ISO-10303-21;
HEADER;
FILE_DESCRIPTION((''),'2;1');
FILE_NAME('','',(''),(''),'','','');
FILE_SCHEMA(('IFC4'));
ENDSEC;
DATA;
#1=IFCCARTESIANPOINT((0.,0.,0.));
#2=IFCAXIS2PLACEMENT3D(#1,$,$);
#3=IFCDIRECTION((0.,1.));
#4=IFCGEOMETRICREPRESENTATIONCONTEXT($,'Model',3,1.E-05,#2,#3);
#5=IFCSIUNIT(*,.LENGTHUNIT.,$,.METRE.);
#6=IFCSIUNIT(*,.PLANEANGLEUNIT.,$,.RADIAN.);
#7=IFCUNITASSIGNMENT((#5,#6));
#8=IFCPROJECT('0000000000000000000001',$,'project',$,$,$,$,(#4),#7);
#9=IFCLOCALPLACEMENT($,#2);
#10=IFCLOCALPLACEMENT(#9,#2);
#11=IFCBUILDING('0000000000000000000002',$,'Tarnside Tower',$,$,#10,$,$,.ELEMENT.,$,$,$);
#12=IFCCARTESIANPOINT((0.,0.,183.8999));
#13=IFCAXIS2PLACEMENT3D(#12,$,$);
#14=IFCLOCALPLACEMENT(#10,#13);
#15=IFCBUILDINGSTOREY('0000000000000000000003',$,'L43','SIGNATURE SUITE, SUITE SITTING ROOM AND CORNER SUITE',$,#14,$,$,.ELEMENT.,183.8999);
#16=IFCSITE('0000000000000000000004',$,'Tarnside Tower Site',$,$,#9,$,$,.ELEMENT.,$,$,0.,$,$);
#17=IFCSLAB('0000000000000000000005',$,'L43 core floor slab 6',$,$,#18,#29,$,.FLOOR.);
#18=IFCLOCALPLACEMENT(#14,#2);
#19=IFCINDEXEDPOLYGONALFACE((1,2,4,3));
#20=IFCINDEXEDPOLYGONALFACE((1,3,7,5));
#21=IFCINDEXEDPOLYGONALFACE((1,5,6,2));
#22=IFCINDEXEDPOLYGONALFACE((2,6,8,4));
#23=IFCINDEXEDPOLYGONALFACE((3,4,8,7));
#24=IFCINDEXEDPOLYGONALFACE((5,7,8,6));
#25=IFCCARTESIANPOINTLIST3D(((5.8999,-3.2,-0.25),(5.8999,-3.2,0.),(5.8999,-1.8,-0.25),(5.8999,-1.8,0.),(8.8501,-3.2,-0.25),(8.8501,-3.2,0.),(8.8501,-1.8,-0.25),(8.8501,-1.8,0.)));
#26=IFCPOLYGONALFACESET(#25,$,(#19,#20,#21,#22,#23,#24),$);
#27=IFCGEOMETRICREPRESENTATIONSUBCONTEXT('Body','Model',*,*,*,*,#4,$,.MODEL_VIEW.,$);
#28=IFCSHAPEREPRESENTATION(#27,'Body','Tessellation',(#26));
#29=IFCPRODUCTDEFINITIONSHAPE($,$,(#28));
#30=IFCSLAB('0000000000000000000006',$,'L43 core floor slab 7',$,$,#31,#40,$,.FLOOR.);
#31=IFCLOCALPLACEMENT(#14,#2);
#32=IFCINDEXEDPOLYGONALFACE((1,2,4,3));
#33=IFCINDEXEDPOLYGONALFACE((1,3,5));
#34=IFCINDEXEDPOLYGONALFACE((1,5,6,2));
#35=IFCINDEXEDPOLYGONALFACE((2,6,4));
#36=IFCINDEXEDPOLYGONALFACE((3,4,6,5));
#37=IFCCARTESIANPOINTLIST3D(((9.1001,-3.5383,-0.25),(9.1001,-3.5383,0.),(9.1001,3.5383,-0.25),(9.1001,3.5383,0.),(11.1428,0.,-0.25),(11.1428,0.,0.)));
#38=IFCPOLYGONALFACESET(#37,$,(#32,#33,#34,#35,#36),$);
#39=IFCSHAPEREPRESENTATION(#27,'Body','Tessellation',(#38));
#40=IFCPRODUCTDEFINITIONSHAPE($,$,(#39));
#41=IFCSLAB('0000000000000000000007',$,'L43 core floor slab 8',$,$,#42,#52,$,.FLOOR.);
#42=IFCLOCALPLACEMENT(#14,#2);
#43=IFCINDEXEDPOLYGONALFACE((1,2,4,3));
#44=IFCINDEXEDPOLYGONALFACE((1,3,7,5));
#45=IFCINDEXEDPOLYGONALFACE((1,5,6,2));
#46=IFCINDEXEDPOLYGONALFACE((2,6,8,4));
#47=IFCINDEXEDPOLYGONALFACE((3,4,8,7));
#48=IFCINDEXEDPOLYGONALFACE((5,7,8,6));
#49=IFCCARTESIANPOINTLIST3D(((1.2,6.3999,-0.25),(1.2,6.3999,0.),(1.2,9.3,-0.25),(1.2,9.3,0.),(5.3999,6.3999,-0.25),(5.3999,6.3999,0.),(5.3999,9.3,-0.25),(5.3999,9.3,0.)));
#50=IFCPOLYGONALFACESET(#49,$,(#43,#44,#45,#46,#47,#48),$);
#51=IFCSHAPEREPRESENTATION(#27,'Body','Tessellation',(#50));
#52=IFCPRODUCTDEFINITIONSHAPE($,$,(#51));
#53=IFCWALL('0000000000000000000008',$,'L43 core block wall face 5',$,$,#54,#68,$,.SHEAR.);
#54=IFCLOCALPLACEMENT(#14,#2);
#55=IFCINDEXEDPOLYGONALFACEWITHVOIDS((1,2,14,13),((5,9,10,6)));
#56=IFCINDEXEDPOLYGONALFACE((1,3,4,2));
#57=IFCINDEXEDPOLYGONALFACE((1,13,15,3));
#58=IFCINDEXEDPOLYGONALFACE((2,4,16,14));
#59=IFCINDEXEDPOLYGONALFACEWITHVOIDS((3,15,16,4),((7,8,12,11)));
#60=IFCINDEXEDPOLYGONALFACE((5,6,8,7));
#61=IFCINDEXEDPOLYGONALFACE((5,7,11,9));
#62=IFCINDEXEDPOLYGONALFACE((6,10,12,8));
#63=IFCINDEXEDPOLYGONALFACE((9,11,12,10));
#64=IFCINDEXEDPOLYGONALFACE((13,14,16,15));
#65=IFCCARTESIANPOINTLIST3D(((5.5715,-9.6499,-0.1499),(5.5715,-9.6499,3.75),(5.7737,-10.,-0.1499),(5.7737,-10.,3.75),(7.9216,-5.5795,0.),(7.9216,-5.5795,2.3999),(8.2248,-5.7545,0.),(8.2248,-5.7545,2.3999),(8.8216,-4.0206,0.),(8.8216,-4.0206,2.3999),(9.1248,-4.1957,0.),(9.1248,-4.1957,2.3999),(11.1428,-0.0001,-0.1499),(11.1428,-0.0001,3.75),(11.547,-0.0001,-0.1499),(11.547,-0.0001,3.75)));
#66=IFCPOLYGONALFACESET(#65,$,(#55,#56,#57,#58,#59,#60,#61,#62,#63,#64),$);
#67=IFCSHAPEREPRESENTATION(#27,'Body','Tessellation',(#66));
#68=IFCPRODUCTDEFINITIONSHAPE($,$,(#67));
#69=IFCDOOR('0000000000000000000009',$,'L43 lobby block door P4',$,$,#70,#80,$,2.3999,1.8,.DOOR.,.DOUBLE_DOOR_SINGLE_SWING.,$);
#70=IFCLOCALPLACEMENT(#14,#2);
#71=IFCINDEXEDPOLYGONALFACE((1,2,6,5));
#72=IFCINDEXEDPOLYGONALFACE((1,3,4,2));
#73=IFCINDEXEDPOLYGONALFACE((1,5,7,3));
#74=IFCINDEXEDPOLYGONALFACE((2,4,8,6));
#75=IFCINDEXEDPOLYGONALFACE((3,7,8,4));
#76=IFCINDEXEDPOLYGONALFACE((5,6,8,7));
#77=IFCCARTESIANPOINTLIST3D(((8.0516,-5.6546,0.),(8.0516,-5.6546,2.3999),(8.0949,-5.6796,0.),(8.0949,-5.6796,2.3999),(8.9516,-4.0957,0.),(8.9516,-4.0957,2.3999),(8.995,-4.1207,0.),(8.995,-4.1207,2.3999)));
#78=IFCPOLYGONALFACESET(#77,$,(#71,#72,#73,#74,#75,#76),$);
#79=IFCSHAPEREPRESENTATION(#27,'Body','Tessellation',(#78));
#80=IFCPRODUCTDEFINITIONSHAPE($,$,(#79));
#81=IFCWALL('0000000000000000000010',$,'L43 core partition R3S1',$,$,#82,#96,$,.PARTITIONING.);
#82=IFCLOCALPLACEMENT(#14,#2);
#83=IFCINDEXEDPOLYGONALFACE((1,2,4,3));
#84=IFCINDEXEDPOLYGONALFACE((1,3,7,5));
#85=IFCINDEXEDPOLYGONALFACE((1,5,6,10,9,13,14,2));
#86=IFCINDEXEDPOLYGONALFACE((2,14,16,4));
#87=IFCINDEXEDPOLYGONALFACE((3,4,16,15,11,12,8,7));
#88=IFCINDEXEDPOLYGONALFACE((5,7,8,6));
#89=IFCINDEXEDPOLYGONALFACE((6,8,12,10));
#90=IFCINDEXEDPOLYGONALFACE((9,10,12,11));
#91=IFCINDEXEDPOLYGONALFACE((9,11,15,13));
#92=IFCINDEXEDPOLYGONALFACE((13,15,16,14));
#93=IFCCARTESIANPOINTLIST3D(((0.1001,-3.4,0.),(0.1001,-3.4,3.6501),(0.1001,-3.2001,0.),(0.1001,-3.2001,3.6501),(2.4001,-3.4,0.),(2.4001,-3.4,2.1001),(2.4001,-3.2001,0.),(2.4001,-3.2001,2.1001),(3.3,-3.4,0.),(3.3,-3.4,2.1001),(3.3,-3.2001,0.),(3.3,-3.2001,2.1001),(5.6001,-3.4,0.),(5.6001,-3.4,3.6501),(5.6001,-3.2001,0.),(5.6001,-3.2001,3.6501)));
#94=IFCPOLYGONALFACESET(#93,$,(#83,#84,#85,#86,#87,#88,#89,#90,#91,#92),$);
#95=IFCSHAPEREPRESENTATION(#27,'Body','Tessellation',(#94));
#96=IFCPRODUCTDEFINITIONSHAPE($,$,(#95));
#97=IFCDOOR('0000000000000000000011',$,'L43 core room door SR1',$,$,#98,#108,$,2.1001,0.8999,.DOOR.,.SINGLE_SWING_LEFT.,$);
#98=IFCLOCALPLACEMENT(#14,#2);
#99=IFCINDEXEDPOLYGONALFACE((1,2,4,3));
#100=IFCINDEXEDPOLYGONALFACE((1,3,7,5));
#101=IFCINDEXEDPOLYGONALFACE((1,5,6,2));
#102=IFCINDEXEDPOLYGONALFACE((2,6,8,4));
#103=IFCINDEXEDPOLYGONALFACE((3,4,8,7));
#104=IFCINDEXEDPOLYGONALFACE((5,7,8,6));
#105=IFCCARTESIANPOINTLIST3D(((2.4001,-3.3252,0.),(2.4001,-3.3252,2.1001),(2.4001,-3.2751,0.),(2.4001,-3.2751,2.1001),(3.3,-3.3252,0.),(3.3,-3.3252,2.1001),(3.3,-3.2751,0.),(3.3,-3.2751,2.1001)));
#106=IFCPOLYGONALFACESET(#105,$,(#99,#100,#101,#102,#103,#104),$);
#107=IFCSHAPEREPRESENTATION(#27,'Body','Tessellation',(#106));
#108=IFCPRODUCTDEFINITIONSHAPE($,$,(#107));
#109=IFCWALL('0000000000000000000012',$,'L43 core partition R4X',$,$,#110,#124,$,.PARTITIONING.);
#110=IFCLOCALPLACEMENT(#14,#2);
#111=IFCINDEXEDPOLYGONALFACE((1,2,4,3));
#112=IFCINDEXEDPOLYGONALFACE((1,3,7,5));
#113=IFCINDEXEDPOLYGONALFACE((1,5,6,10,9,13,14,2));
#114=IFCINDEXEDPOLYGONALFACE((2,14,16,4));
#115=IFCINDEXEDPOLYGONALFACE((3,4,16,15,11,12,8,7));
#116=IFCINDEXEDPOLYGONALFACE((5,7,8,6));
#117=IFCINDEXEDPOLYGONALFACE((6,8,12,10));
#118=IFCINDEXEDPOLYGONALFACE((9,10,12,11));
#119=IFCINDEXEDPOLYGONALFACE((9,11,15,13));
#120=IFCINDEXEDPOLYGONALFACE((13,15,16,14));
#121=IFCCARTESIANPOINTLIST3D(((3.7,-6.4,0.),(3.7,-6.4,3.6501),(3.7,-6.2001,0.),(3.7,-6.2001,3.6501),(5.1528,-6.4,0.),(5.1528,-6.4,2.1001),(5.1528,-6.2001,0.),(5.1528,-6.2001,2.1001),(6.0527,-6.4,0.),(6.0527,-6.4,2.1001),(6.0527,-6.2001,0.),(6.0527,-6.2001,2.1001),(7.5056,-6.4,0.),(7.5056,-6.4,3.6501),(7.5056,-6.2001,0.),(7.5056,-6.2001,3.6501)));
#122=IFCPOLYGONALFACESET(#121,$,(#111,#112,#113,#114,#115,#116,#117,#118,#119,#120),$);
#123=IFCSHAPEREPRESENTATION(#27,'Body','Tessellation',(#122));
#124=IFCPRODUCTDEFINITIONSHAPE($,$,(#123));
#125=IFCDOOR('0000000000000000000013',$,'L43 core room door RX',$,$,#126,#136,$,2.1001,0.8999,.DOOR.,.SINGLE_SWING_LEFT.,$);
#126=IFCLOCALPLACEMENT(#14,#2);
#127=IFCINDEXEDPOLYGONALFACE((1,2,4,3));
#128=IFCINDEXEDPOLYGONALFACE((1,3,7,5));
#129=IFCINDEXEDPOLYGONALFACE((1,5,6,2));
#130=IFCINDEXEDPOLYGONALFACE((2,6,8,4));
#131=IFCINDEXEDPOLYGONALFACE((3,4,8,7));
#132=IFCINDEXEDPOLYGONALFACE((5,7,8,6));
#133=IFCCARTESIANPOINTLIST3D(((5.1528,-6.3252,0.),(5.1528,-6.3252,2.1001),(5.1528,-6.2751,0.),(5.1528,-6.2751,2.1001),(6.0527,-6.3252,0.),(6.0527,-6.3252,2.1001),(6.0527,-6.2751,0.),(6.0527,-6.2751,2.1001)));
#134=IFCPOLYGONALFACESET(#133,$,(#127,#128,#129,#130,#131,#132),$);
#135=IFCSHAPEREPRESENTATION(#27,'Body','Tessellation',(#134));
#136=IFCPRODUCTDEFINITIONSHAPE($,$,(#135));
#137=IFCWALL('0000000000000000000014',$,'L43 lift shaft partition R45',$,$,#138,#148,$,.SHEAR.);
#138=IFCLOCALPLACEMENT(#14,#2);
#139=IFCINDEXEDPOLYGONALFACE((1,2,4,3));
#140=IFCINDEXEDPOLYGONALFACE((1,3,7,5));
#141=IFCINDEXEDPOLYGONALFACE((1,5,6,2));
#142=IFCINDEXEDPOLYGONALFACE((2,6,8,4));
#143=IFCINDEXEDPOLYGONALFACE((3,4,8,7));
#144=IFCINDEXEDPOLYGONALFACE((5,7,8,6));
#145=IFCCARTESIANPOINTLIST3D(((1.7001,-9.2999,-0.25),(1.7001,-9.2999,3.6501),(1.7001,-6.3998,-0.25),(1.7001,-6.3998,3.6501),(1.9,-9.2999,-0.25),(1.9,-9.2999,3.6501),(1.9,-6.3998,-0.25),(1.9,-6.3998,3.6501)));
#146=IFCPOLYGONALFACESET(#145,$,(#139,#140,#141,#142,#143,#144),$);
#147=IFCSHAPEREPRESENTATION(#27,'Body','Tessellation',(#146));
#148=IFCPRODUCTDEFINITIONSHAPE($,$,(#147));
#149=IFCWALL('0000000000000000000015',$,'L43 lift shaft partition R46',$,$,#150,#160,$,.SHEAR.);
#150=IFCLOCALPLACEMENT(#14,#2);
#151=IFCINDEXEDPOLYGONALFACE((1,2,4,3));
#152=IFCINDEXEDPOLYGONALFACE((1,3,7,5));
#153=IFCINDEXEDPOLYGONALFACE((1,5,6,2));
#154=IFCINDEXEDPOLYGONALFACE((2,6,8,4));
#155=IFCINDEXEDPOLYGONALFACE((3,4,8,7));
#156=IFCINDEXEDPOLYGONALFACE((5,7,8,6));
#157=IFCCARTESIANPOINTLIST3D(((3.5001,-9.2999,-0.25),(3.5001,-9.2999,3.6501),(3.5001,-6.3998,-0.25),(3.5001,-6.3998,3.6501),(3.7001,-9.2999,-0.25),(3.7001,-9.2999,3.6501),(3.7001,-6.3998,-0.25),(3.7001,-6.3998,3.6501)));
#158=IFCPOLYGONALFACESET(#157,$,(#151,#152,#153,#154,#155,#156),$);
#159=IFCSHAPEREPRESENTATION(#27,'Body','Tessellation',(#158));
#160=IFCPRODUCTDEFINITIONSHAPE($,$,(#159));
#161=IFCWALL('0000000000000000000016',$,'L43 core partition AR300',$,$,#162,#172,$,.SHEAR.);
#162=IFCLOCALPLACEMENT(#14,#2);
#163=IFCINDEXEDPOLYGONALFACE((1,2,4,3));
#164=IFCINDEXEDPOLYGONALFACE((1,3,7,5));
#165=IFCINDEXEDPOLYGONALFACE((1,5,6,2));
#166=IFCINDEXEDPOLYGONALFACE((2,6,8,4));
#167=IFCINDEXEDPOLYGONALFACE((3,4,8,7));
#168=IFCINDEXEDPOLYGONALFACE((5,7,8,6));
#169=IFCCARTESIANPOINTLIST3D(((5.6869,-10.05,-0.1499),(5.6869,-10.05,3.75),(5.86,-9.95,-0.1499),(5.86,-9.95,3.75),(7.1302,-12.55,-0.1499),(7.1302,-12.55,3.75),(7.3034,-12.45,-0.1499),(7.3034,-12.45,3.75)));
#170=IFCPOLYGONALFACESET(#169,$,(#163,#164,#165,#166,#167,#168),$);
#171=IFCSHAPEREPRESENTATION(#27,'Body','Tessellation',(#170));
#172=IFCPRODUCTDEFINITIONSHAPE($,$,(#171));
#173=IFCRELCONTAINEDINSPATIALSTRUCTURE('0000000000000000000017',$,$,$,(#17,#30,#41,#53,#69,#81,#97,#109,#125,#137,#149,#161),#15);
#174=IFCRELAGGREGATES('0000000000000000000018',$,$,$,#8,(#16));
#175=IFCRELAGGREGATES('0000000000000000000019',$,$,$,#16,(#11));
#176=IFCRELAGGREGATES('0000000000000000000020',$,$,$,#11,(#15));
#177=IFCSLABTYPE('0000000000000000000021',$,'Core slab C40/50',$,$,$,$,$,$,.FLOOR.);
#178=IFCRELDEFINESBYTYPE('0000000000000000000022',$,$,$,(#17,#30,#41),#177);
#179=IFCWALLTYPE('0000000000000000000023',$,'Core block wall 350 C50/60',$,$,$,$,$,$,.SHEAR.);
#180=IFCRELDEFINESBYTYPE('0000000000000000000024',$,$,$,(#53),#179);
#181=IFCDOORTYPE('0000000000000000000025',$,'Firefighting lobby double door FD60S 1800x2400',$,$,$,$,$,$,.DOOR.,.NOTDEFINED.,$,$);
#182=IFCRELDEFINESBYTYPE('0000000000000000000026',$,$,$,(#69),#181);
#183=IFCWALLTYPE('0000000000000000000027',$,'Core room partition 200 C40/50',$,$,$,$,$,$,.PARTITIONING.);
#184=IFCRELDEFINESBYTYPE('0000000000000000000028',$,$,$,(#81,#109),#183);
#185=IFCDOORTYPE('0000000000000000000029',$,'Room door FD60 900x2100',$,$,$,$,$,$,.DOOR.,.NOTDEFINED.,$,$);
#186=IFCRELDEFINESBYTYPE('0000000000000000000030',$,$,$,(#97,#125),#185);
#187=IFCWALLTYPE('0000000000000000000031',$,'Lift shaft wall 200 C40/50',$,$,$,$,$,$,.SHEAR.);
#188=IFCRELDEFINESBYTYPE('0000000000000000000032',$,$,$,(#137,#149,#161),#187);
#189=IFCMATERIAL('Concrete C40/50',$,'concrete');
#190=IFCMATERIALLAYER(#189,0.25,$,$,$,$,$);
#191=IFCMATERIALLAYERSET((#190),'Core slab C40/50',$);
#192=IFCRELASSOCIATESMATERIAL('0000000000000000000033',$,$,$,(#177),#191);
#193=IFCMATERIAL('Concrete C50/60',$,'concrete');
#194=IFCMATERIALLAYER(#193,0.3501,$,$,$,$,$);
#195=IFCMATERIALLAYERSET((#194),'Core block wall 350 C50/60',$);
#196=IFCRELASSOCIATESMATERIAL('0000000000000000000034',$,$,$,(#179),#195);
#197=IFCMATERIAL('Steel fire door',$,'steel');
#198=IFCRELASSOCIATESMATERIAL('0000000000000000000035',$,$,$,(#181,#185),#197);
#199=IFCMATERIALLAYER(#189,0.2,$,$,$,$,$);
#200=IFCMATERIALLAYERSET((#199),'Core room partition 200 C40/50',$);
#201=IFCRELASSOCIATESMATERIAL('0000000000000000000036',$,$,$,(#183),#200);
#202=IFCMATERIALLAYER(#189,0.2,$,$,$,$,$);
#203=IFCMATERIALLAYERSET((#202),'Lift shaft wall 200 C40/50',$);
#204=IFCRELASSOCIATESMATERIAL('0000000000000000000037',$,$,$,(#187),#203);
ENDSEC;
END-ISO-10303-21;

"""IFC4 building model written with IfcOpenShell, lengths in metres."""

from ifc_helpers import new_model, si_unit, direction, frame, frame_2d, origin, place, context, subcontext, project, spatial, polyline, rectangle, outline, extrude, material, layer, layer_set, type_object, element, fill, save


model = new_model("IFC4")

# Units and contexts
model_context = context("Model", 3, precision=1e-05, world=origin(), true_north=direction((0.0, 1.0)))
body_context = subcontext(model_context, "Body", "Model", "MODEL_VIEW")
ifc_project = project(units=[si_unit("LENGTHUNIT", "METRE"), si_unit("PLANEANGLEUNIT", "RADIAN")], contexts=[model_context])

# Site, building, storey
site_placement = place(None, origin())
site = spatial("IfcSite", under=ifc_project, at=site_placement, Name="Tarnside Tower Site", CompositionType="ELEMENT", RefElevation=0.0)
building_placement = place(site_placement, origin())
building = spatial("IfcBuilding", under=site, at=building_placement, Name="Tarnside Tower", CompositionType="ELEMENT")
storey_placement = place(building_placement, frame((0.0, 0.0, 183.8999)))
storey = spatial("IfcBuildingStorey", under=building, at=storey_placement, Name="L43", Description="SIGNATURE SUITE, SUITE SITTING ROOM AND CORNER SUITE", CompositionType="ELEMENT", Elevation=183.8999)

# Slabs
ifc_material_1 = material(Name="Concrete C40/50", Category="concrete")
ifc_layer_1 = layer(ifc_material_1, 0.25)
ifc_layer_set_1 = layer_set([ifc_layer_1], Name="Core slab C40/50")
slab_type = type_object("IfcSlabType", Name="Core slab C40/50", PredefinedType="FLOOR", material=ifc_layer_set_1)
slab_1_placement = place(storey_placement, frame((0.0, 0.0, -0.25)))
element("IfcSlab", 1, at=slab_1_placement, inside=storey, type_object=slab_type, Name="L43 core floor slab 6", PredefinedType="FLOOR", context=body_context, shape_type="SweptSolid", body=[
    extrude(outline(polyline([(5.8999, -3.2), (5.8999, -1.8), (8.8501, -1.8), (8.8501, -3.2), (5.8999, -3.2)])), origin(), (0.0, 0.0, 1.0), 0.25),
])
slab_2_placement = place(storey_placement, frame((0.0, 0.0, -0.25)))
element("IfcSlab", 2, at=slab_2_placement, inside=storey, type_object=slab_type, Name="L43 core floor slab 7", PredefinedType="FLOOR", context=body_context, shape_type="SweptSolid", body=[
    extrude(outline(polyline([(9.1001, -3.5383), (9.1001, 3.5383), (11.1428, 0.0), (9.1001, -3.5383)])), origin(), (0.0, 0.0, 1.0), 0.25),
])
slab_3_placement = place(storey_placement, frame((0.0, 0.0, -0.25)))
element("IfcSlab", 3, at=slab_3_placement, inside=storey, type_object=slab_type, Name="L43 core floor slab 8", PredefinedType="FLOOR", context=body_context, shape_type="SweptSolid", body=[
    extrude(outline(polyline([(5.3999, 9.3), (5.3999, 6.3999), (1.2, 6.3999), (1.2, 9.3), (5.3999, 9.3)])), origin(), (0.0, 0.0, 1.0), 0.25),
])

# Walls, openings, doors
ifc_material_2 = material(Name="Concrete C50/60", Category="concrete")
ifc_layer_2 = layer(ifc_material_2, 0.3501)
ifc_layer_set_2 = layer_set([ifc_layer_2], Name="Core block wall 350 C50/60")
wall_type_1 = type_object("IfcWallType", Name="Core block wall 350 C50/60", PredefinedType="SHEAR", material=ifc_layer_set_2)
wall_1_placement = place(storey_placement, frame((5.6726, -9.825, -0.1499), z_axis=(0.0, 0.0, 1.0), x_axis=(0.499995, 0.866028, 0.0)))
wall_1 = element("IfcWall", 4, at=wall_1_placement, inside=storey, type_object=wall_type_1, Name="L43 core block wall face 5", PredefinedType="SHEAR", context=body_context, shape_type="SweptSolid", body=[
    extrude(outline(polyline([(-0.1011, -0.175), (11.4458, -0.175), (11.2437, 0.175), (0.1011, 0.175), (-0.1011, -0.175)])), origin(), (0.0, 0.0, 1.0), 3.8999),
])
opening_1_placement = place(wall_1_placement, frame((4.8013, 0.0, 0.1499)))
opening_1 = element("IfcOpeningElement", 5, at=opening_1_placement, cuts=wall_1, PredefinedType="OPENING", context=body_context, shape_type="SweptSolid", body=[
    extrude(rectangle(XDim=1.8, YDim=2.3999, at=frame_2d((0.8999, 1.2))), frame((0.0, 0.1851, 0.0), z_axis=(0.0, -1.0, 0.0), x_axis=(1.0, 0.0, 0.0)), (0.0, 0.0, 1.0), 0.3701),
])
ifc_material_3 = material(Name="Steel fire door", Category="steel")
door_type_1 = type_object("IfcDoorType", Name="Firefighting lobby double door FD60S 1800x2400", OperationType="NOTDEFINED", PredefinedType="DOOR", material=ifc_material_3)
door_1_placement = place(opening_1_placement, origin())
door_1 = element("IfcDoor", 6, at=door_1_placement, inside=storey, type_object=door_type_1, Name="L43 lobby block door P4", OperationType="DOUBLE_DOOR_SINGLE_SWING", OverallHeight=2.3999, OverallWidth=1.8, PredefinedType="DOOR", context=body_context, shape_type="SweptSolid", body=[
    extrude(rectangle(XDim=1.8, YDim=2.3999, at=frame_2d((0.8999, 1.2))), frame((0.0, 0.0249, 0.0), z_axis=(0.0, -1.0, 0.0), x_axis=(1.0, 0.0, 0.0)), (0.0, 0.0, 1.0), 0.05),
])
fill(opening_1, door_1)
ifc_layer_3 = layer(ifc_material_1, 0.2)
ifc_layer_set_3 = layer_set([ifc_layer_3], Name="Core room partition 200 C40/50")
wall_type_2 = type_object("IfcWallType", Name="Core room partition 200 C40/50", PredefinedType="PARTITIONING", material=ifc_layer_set_3)
wall_2_placement = place(storey_placement, frame((0.1001, -3.3, 0.0), z_axis=(0.0, 0.0, 1.0), x_axis=(1.0, 0.0, 0.0)))
wall_2 = element("IfcWall", 7, at=wall_2_placement, inside=storey, type_object=wall_type_2, Name="L43 core partition R3S1", PredefinedType="PARTITIONING", context=body_context, shape_type="SweptSolid", body=[
    extrude(rectangle(XDim=5.5, YDim=0.2, at=frame_2d((2.75, 0.0))), origin(), (0.0, 0.0, 1.0), 3.6501),
])
opening_2_placement = place(wall_2_placement, frame((2.3, 0.0, 0.0)))
opening_2 = element("IfcOpeningElement", 8, at=opening_2_placement, cuts=wall_2, PredefinedType="OPENING", context=body_context, shape_type="SweptSolid", body=[
    extrude(rectangle(XDim=0.8999, YDim=2.1001, at=frame_2d((0.45, 1.05))), frame((0.0, 0.1099, 0.0), z_axis=(0.0, -1.0, 0.0), x_axis=(1.0, 0.0, 0.0)), (0.0, 0.0, 1.0), 0.22),
])
door_type_2 = type_object("IfcDoorType", Name="Room door FD60 900x2100", OperationType="NOTDEFINED", PredefinedType="DOOR", material=ifc_material_3)
door_2_placement = place(opening_2_placement, origin())
door_2 = element("IfcDoor", 9, at=door_2_placement, inside=storey, type_object=door_type_2, Name="L43 core room door SR1", OperationType="SINGLE_SWING_LEFT", OverallHeight=2.1001, OverallWidth=0.8999, PredefinedType="DOOR", context=body_context, shape_type="SweptSolid", body=[
    extrude(rectangle(XDim=0.8999, YDim=2.1001, at=frame_2d((0.45, 1.05))), frame((0.0, 0.0249, 0.0), z_axis=(0.0, -1.0, 0.0), x_axis=(1.0, 0.0, 0.0)), (0.0, 0.0, 1.0), 0.05),
])
fill(opening_2, door_2)
wall_3_placement = place(storey_placement, frame((3.7, -6.3, 0.0), z_axis=(0.0, 0.0, 1.0), x_axis=(1.0, 0.0, 0.0)))
wall_3 = element("IfcWall", 10, at=wall_3_placement, inside=storey, type_object=wall_type_2, Name="L43 core partition R4X", PredefinedType="PARTITIONING", context=body_context, shape_type="SweptSolid", body=[
    extrude(rectangle(XDim=3.8057, YDim=0.2, at=frame_2d((1.9028, 0.0))), origin(), (0.0, 0.0, 1.0), 3.6501),
])
opening_3_placement = place(wall_3_placement, frame((1.4529, 0.0, 0.0)))
opening_3 = element("IfcOpeningElement", 11, at=opening_3_placement, cuts=wall_3, PredefinedType="OPENING", context=body_context, shape_type="SweptSolid", body=[
    extrude(rectangle(XDim=0.8999, YDim=2.1001, at=frame_2d((0.45, 1.05))), frame((0.0, 0.1099, 0.0), z_axis=(0.0, -1.0, 0.0), x_axis=(1.0, 0.0, 0.0)), (0.0, 0.0, 1.0), 0.22),
])
door_3_placement = place(opening_3_placement, origin())
door_3 = element("IfcDoor", 12, at=door_3_placement, inside=storey, type_object=door_type_2, Name="L43 core room door RX", OperationType="SINGLE_SWING_LEFT", OverallHeight=2.1001, OverallWidth=0.8999, PredefinedType="DOOR", context=body_context, shape_type="SweptSolid", body=[
    extrude(rectangle(XDim=0.8999, YDim=2.1001, at=frame_2d((0.45, 1.05))), frame((0.0, 0.0249, 0.0), z_axis=(0.0, -1.0, 0.0), x_axis=(1.0, 0.0, 0.0)), (0.0, 0.0, 1.0), 0.05),
])
fill(opening_3, door_3)

# Walls
ifc_layer_4 = layer(ifc_material_1, 0.2)
ifc_layer_set_4 = layer_set([ifc_layer_4], Name="Lift shaft wall 200 C40/50")
wall_type_3 = type_object("IfcWallType", Name="Lift shaft wall 200 C40/50", PredefinedType="SHEAR", material=ifc_layer_set_4)
for number, where, z_axis, x_axis, name in (
    (13, (1.8, -9.3, -0.25), (0.0, 0.0, 1.0), (0.0, 1.0, 0.0), "L43 lift shaft partition R45"),
    (14, (3.6001, -9.3, -0.25), (0.0, 0.0, 1.0), (0.0, 1.0, 0.0), "L43 lift shaft partition R46"),
):
    element("IfcWall", number, at=place(storey_placement, frame(where, z_axis=z_axis, x_axis=x_axis)), inside=storey, type_object=wall_type_3, Name=name, PredefinedType="SHEAR", context=body_context, shape_type="SweptSolid", body=[
        extrude(rectangle(XDim=2.9001, YDim=0.2, at=frame_2d((1.4502, 0.0))), origin(), (0.0, 0.0, 1.0), 3.9001),
    ])
wall_4_placement = place(storey_placement, frame((5.7734, -10.0, -0.1499), z_axis=(0.0, 0.0, 1.0), x_axis=(0.499996, -0.866028, 0.0)))
element("IfcWall", 15, at=wall_4_placement, inside=storey, type_object=wall_type_3, Name="L43 core partition AR300", PredefinedType="SHEAR", context=body_context, shape_type="SweptSolid", body=[
    extrude(rectangle(XDim=2.8867, YDim=0.2, at=frame_2d((1.4434, 0.0))), origin(), (0.0, 0.0, 1.0), 3.8999),
])

save(model, "model.ifc")
